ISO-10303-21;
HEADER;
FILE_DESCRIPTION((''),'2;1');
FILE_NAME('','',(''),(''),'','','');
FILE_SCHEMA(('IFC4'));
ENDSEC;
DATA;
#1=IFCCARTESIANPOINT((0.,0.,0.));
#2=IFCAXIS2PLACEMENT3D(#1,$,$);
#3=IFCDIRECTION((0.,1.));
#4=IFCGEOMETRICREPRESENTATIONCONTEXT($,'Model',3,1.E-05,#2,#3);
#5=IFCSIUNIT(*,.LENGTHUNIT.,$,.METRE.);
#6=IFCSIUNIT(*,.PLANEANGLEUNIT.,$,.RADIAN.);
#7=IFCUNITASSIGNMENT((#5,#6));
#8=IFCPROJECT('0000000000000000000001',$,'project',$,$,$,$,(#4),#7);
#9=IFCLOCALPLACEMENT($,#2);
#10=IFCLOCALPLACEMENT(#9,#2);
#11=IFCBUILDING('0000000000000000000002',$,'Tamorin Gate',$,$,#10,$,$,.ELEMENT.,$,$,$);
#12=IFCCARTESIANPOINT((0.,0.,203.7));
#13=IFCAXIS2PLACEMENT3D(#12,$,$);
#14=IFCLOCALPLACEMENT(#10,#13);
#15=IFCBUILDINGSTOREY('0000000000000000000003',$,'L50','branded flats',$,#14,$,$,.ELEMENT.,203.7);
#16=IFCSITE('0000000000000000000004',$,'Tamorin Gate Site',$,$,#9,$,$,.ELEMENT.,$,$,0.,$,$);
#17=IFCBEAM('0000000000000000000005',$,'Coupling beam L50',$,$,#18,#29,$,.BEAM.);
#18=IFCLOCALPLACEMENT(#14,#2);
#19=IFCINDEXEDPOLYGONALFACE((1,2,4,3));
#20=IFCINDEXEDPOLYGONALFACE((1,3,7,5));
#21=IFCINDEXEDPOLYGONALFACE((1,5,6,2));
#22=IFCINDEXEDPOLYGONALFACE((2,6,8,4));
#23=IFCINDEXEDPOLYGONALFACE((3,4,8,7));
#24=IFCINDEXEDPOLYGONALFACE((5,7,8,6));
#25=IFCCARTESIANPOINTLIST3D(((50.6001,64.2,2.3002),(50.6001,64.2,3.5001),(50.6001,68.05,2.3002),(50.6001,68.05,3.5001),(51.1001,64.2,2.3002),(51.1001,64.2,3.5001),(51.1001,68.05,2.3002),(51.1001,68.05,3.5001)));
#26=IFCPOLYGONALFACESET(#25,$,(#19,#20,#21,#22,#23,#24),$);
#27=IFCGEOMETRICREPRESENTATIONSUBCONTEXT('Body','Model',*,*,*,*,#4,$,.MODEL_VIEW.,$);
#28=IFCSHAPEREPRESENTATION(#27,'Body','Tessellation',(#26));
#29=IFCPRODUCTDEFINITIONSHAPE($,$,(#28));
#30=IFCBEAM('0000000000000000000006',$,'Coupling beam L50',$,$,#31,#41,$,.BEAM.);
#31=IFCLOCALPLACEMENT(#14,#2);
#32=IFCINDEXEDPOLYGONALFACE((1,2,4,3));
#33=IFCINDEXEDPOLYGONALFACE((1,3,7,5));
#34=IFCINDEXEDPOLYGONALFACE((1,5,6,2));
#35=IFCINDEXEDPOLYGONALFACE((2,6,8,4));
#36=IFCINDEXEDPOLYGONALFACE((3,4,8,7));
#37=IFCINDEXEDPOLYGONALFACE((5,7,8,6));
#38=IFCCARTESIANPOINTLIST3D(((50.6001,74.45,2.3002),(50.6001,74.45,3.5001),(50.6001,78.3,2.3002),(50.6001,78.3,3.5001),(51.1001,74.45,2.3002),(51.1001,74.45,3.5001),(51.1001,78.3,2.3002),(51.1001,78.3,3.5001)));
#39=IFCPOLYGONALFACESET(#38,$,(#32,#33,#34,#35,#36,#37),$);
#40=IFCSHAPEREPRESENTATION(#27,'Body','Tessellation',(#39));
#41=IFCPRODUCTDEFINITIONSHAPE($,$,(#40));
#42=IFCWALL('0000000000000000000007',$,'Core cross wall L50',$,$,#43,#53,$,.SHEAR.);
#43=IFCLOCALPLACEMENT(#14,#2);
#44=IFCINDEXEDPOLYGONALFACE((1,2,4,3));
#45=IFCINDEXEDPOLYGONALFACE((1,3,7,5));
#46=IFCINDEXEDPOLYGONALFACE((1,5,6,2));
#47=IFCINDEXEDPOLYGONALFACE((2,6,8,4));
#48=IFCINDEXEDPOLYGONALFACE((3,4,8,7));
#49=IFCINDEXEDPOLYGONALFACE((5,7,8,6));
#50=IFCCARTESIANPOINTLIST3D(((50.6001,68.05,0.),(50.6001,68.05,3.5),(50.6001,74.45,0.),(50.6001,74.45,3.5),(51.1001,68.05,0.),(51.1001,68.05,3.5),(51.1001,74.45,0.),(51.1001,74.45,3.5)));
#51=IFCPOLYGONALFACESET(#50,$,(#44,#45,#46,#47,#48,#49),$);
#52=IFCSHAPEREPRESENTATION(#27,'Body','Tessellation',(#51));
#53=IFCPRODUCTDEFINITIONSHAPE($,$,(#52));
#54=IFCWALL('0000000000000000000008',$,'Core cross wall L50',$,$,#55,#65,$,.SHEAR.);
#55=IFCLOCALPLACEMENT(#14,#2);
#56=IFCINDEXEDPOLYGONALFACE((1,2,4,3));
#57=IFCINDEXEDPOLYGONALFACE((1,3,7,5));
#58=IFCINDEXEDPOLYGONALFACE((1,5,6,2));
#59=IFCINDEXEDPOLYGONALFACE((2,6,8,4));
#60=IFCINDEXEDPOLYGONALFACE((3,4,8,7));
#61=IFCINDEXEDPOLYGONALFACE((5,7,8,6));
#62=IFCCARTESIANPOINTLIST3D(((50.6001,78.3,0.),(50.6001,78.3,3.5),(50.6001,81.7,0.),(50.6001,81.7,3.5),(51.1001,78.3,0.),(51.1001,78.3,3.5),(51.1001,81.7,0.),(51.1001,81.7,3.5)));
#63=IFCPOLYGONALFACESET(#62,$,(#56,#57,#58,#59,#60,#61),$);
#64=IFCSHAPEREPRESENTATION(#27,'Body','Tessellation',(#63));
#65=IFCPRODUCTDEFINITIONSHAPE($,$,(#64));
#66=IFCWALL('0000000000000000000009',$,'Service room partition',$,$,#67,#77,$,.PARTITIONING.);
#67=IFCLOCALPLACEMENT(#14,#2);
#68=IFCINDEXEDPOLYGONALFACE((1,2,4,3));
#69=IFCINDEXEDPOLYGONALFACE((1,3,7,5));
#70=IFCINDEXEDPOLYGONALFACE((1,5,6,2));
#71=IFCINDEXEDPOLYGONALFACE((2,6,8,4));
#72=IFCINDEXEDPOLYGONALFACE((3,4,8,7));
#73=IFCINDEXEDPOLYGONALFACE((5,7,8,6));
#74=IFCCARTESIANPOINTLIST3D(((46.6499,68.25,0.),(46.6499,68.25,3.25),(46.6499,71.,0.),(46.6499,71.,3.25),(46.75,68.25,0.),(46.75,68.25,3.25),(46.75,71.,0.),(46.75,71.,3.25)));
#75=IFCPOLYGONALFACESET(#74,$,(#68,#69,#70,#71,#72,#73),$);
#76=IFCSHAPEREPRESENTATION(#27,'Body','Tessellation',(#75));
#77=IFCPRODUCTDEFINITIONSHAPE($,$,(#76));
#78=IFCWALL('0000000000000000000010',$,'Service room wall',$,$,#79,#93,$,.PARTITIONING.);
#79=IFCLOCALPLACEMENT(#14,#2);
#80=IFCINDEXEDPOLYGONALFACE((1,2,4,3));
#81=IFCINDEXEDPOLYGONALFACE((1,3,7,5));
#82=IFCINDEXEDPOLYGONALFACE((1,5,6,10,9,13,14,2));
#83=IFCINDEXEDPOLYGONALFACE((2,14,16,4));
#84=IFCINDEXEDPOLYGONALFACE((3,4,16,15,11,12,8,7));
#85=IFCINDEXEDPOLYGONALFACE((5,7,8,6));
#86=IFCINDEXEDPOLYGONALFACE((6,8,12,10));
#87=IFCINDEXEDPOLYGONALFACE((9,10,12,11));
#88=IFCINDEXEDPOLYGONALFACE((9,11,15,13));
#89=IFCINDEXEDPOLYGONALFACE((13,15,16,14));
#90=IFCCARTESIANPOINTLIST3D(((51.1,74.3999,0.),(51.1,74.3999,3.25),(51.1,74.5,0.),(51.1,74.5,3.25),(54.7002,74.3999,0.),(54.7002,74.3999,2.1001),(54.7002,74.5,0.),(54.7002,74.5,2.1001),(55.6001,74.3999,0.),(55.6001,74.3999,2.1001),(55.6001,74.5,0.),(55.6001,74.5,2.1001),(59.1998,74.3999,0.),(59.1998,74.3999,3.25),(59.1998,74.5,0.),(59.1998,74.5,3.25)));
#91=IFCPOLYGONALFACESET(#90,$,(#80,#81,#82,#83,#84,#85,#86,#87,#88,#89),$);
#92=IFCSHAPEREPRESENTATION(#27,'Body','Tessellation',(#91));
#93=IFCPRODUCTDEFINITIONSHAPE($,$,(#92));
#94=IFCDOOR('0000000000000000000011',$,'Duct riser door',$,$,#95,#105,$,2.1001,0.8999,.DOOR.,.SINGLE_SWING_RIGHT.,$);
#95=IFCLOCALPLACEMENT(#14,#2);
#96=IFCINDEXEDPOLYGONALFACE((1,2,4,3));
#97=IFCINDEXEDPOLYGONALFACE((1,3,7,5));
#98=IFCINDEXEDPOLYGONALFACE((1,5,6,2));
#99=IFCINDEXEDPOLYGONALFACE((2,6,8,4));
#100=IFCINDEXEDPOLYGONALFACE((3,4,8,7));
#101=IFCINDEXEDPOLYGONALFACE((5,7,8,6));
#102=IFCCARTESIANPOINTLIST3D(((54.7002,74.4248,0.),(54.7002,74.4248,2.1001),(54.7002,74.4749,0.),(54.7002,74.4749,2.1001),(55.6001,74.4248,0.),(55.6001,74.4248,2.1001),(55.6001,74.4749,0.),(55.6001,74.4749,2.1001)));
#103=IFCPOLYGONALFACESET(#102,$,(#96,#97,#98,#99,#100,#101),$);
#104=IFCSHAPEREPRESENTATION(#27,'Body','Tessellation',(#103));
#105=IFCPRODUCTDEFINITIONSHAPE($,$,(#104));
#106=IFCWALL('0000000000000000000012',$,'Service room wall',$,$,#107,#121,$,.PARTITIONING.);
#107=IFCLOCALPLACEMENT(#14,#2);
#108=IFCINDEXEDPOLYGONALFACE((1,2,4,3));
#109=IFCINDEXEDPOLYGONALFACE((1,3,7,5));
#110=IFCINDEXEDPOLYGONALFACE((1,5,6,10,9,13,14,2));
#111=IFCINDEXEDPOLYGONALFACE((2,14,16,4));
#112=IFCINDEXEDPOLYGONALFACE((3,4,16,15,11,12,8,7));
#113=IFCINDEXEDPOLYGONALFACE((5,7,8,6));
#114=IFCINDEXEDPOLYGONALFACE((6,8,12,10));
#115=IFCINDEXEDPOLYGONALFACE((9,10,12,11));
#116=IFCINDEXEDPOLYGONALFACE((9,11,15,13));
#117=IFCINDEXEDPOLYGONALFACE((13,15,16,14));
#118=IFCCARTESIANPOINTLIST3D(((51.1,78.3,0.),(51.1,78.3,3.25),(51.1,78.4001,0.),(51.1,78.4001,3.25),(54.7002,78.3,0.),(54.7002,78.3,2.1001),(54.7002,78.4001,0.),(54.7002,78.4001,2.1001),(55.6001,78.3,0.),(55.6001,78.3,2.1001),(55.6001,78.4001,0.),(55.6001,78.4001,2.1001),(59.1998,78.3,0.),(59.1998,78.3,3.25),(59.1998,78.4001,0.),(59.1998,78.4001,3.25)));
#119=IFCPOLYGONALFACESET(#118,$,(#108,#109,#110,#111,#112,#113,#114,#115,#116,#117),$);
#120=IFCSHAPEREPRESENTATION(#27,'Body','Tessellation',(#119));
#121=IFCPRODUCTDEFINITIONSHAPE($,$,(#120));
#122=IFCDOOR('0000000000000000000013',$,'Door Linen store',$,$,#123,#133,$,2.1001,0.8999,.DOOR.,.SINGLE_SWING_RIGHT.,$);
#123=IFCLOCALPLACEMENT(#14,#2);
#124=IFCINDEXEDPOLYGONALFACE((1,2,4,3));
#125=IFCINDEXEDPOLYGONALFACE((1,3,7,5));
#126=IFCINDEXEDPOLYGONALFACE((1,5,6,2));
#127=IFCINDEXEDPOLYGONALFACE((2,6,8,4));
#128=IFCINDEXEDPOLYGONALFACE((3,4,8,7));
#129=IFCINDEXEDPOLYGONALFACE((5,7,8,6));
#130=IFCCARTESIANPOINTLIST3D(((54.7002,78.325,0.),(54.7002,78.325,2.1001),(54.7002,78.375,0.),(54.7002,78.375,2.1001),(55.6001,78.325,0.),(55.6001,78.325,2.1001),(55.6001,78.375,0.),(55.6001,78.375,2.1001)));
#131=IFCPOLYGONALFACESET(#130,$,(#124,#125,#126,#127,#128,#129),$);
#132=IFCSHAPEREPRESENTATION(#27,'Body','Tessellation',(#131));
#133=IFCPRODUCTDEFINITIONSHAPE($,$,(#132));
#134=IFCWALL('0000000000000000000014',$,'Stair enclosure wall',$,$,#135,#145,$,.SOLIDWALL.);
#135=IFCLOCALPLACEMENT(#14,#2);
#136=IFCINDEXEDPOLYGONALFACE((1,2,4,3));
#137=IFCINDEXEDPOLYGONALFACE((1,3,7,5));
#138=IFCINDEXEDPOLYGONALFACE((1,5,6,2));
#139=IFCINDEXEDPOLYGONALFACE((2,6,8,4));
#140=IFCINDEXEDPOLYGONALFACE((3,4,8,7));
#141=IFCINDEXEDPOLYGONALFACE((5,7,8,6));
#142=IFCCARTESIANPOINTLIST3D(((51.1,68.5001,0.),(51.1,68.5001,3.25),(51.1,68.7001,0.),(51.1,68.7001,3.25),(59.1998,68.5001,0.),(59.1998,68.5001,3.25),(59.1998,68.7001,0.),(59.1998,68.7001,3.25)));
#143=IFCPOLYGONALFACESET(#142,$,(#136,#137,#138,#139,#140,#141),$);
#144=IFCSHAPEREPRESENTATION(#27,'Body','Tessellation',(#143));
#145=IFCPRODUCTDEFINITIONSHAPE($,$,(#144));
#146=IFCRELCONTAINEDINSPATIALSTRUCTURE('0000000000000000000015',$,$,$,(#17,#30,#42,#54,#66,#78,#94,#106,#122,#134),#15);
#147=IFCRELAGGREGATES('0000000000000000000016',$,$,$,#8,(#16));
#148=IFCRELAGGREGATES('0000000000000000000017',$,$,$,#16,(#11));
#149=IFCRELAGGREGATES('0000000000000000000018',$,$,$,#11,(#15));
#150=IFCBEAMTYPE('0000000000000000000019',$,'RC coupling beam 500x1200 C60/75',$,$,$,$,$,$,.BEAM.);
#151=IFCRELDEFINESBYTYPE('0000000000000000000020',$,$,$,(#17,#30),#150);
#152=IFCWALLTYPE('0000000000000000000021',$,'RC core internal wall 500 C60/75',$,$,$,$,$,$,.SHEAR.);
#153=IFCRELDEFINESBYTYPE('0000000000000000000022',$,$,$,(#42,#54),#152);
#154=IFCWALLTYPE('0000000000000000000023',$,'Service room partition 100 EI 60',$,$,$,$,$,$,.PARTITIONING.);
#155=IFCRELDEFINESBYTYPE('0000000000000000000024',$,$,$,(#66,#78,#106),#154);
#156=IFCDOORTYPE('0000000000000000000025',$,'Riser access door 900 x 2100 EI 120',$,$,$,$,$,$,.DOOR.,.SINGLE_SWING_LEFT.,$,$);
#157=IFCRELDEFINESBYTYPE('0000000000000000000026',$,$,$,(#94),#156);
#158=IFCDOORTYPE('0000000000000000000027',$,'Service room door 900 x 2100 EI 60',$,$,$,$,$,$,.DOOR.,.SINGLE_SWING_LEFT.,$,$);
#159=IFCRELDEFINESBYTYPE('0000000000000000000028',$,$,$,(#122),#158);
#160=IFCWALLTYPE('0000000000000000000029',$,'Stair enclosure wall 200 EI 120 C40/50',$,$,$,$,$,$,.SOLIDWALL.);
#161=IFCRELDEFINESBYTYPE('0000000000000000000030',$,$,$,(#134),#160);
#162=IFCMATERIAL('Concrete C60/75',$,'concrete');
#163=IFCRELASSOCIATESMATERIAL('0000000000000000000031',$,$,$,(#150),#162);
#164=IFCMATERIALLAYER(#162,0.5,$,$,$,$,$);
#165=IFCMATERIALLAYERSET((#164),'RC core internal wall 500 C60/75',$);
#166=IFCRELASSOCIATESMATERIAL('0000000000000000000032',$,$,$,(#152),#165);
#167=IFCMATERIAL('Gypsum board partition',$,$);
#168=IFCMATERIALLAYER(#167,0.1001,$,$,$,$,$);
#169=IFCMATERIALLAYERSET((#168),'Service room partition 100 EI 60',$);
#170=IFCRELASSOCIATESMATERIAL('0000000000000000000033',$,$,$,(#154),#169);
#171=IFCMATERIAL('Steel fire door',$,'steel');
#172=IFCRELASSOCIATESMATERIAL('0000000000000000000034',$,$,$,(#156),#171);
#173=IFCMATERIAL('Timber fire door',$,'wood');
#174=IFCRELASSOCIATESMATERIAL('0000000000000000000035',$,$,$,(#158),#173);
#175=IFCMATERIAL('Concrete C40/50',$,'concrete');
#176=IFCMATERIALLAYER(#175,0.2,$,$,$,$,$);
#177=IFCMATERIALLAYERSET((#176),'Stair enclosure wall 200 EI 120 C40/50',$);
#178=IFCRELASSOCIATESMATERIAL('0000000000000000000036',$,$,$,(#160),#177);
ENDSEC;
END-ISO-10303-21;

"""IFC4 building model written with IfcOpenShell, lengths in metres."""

from ifc_helpers import new_model, si_unit, direction, frame, frame_2d, origin, origin_2d, place, context, subcontext, project, spatial, rectangle, extrude, material, layer, layer_set, material_profile, profile_set, type_object, element, fill, save


model = new_model("IFC4")

# Units and contexts
model_context = context("Model", 3, precision=1e-05, world=origin(), true_north=direction((0.0, 1.0)))
body_context = subcontext(model_context, "Body", "Model", "MODEL_VIEW")
ifc_project = project(units=[si_unit("LENGTHUNIT", "METRE"), si_unit("PLANEANGLEUNIT", "RADIAN")], contexts=[model_context])

# Site, building, storey
site_placement = place(None, origin())
site = spatial("IfcSite", under=ifc_project, at=site_placement, Name="Tamorin Gate Site", CompositionType="ELEMENT", RefElevation=0.0)
building_placement = place(site_placement, origin())
building = spatial("IfcBuilding", under=site, at=building_placement, Name="Tamorin Gate", CompositionType="ELEMENT")
storey_placement = place(building_placement, frame((0.0, 0.0, 203.7)))
storey = spatial("IfcBuildingStorey", under=building, at=storey_placement, Name="L50", Description="branded flats", CompositionType="ELEMENT", Elevation=203.7)

# Beams
ifc_material_1 = material(Name="Concrete C60/75", Category="concrete")
ifc_material_profile = material_profile(ifc_material_1, rectangle(XDim=0.5, YDim=1.2, at=origin_2d()), Name="RC 500x1200")
ifc_profile_set = profile_set([ifc_material_profile], Name="Concrete C60/75")
beam_type = type_object("IfcBeamType", Name="RC coupling beam 500x1200 C60/75", PredefinedType="BEAM", material=ifc_profile_set)
for number, where, z_axis, x_axis, name in (
    (1, (50.8501, 64.2, 2.9001), (0.0, 1.0, 0.0), (-1.0, 0.0, 0.0), "Coupling beam L50"),
    (2, (50.8501, 74.45, 2.9001), (0.0, 1.0, 0.0), (-1.0, 0.0, 0.0), "Coupling beam L50"),
):
    element("IfcBeam", number, at=place(storey_placement, frame(where, z_axis=z_axis, x_axis=x_axis)), inside=storey, type_object=beam_type, Name=name, PredefinedType="BEAM", context=body_context, shape_type="SweptSolid", body=[
        extrude(rectangle(XDim=0.5, YDim=1.2, at=origin_2d()), origin(), (0.0, 0.0, 1.0), 3.8501),
    ])

# Walls
ifc_layer_1 = layer(ifc_material_1, 0.5)
ifc_layer_set_1 = layer_set([ifc_layer_1], Name="RC core internal wall 500 C60/75")
wall_type_1 = type_object("IfcWallType", Name="RC core internal wall 500 C60/75", PredefinedType="SHEAR", material=ifc_layer_set_1)
wall_1_placement = place(storey_placement, frame((50.8501, 68.05, 0.0), z_axis=(0.0, 0.0, 1.0), x_axis=(0.0, 1.0, 0.0)))
element("IfcWall", 3, at=wall_1_placement, inside=storey, type_object=wall_type_1, Name="Core cross wall L50", PredefinedType="SHEAR", context=body_context, shape_type="SweptSolid", body=[
    extrude(rectangle(XDim=6.3999, YDim=0.5, at=frame_2d((3.2, 0.0))), origin(), (0.0, 0.0, 1.0), 3.5),
])
wall_2_placement = place(storey_placement, frame((50.8501, 78.3, 0.0), z_axis=(0.0, 0.0, 1.0), x_axis=(0.0, 1.0, 0.0)))
element("IfcWall", 4, at=wall_2_placement, inside=storey, type_object=wall_type_1, Name="Core cross wall L50", PredefinedType="SHEAR", context=body_context, shape_type="SweptSolid", body=[
    extrude(rectangle(XDim=3.3999, YDim=0.5, at=frame_2d((1.7, 0.0))), origin(), (0.0, 0.0, 1.0), 3.5),
])
ifc_material_2 = material(Name="Gypsum board partition")
ifc_layer_2 = layer(ifc_material_2, 0.1001)
ifc_layer_set_2 = layer_set([ifc_layer_2], Name="Service room partition 100 EI 60")
wall_type_2 = type_object("IfcWallType", Name="Service room partition 100 EI 60", PredefinedType="PARTITIONING", material=ifc_layer_set_2)
wall_3_placement = place(storey_placement, frame((46.7, 68.25, 0.0), z_axis=(0.0, 0.0, 1.0), x_axis=(0.0, 1.0, 0.0)))
element("IfcWall", 5, at=wall_3_placement, inside=storey, type_object=wall_type_2, Name="Service room partition", PredefinedType="PARTITIONING", context=body_context, shape_type="SweptSolid", body=[
    extrude(rectangle(XDim=2.75, YDim=0.1001, at=frame_2d((1.375, 0.0))), origin(), (0.0, 0.0, 1.0), 3.25),
])

# Walls, openings, doors
wall_4_placement = place(storey_placement, frame((51.1001, 74.45, 0.0), z_axis=(0.0, 0.0, 1.0), x_axis=(1.0, 0.0, 0.0)))
wall_4 = element("IfcWall", 6, at=wall_4_placement, inside=storey, type_object=wall_type_2, Name="Service room wall", PredefinedType="PARTITIONING", context=body_context, shape_type="SweptSolid", body=[
    extrude(rectangle(XDim=8.0999, YDim=0.1001, at=frame_2d((4.0498, 0.0))), origin(), (0.0, 0.0, 1.0), 3.25),
])
opening_1_placement = place(wall_4_placement, frame((3.6001, 0.0, 0.0)))
opening_1 = element("IfcOpeningElement", 7, at=opening_1_placement, cuts=wall_4, PredefinedType="OPENING", context=body_context, shape_type="SweptSolid", body=[
    extrude(rectangle(XDim=0.8999, YDim=2.1001, at=frame_2d((0.45, 1.05))), frame((0.0, 0.0601, 0.0), z_axis=(0.0, -1.0, 0.0), x_axis=(1.0, 0.0, 0.0)), (0.0, 0.0, 1.0), 0.1201),
])
ifc_material_3 = material(Name="Steel fire door", Category="steel")
door_type_1 = type_object("IfcDoorType", Name="Riser access door 900 x 2100 EI 120", OperationType="SINGLE_SWING_LEFT", PredefinedType="DOOR", material=ifc_material_3)
door_1_placement = place(opening_1_placement, origin())
door_1 = element("IfcDoor", 8, at=door_1_placement, inside=storey, type_object=door_type_1, Name="Duct riser door", OperationType="SINGLE_SWING_RIGHT", OverallHeight=2.1001, OverallWidth=0.8999, PredefinedType="DOOR", context=body_context, shape_type="SweptSolid", body=[
    extrude(rectangle(XDim=0.8999, YDim=2.1001, at=frame_2d((0.45, 1.05))), frame((0.0, 0.0249, 0.0), z_axis=(0.0, -1.0, 0.0), x_axis=(1.0, 0.0, 0.0)), (0.0, 0.0, 1.0), 0.05),
])
fill(opening_1, door_1)
wall_5_placement = place(storey_placement, frame((51.1001, 78.3501, 0.0), z_axis=(0.0, 0.0, 1.0), x_axis=(1.0, 0.0, 0.0)))
wall_5 = element("IfcWall", 9, at=wall_5_placement, inside=storey, type_object=wall_type_2, Name="Service room wall", PredefinedType="PARTITIONING", context=body_context, shape_type="SweptSolid", body=[
    extrude(rectangle(XDim=8.0999, YDim=0.1001, at=frame_2d((4.0498, 0.0))), origin(), (0.0, 0.0, 1.0), 3.25),
])
opening_2_placement = place(wall_5_placement, frame((3.6001, 0.0, 0.0)))
opening_2 = element("IfcOpeningElement", 10, at=opening_2_placement, cuts=wall_5, PredefinedType="OPENING", context=body_context, shape_type="SweptSolid", body=[
    extrude(rectangle(XDim=0.8999, YDim=2.1001, at=frame_2d((0.45, 1.05))), frame((0.0, 0.0601, 0.0), z_axis=(0.0, -1.0, 0.0), x_axis=(1.0, 0.0, 0.0)), (0.0, 0.0, 1.0), 0.1201),
])
ifc_material_4 = material(Name="Timber fire door", Category="wood")
door_type_2 = type_object("IfcDoorType", Name="Service room door 900 x 2100 EI 60", OperationType="SINGLE_SWING_LEFT", PredefinedType="DOOR", material=ifc_material_4)
door_2_placement = place(opening_2_placement, origin())
door_2 = element("IfcDoor", 11, at=door_2_placement, inside=storey, type_object=door_type_2, Name="Door Linen store", OperationType="SINGLE_SWING_RIGHT", OverallHeight=2.1001, OverallWidth=0.8999, PredefinedType="DOOR", context=body_context, shape_type="SweptSolid", body=[
    extrude(rectangle(XDim=0.8999, YDim=2.1001, at=frame_2d((0.45, 1.05))), frame((0.0, 0.0249, 0.0), z_axis=(0.0, -1.0, 0.0), x_axis=(1.0, 0.0, 0.0)), (0.0, 0.0, 1.0), 0.05),
])
fill(opening_2, door_2)

# Wall
ifc_material_5 = material(Name="Concrete C40/50", Category="concrete")
ifc_layer_3 = layer(ifc_material_5, 0.2)
ifc_layer_set_3 = layer_set([ifc_layer_3], Name="Stair enclosure wall 200 EI 120 C40/50")
wall_type_3 = type_object("IfcWallType", Name="Stair enclosure wall 200 EI 120 C40/50", PredefinedType="SOLIDWALL", material=ifc_layer_set_3)
wall_6_placement = place(storey_placement, frame((51.1001, 68.6001, 0.0), z_axis=(0.0, 0.0, 1.0), x_axis=(1.0, 0.0, 0.0)))
element("IfcWall", 12, at=wall_6_placement, inside=storey, type_object=wall_type_3, Name="Stair enclosure wall", PredefinedType="SOLIDWALL", context=body_context, shape_type="SweptSolid", body=[
    extrude(rectangle(XDim=8.0999, YDim=0.2, at=frame_2d((4.0498, 0.0))), origin(), (0.0, 0.0, 1.0), 3.25),
])

save(model, "model.ifc")
